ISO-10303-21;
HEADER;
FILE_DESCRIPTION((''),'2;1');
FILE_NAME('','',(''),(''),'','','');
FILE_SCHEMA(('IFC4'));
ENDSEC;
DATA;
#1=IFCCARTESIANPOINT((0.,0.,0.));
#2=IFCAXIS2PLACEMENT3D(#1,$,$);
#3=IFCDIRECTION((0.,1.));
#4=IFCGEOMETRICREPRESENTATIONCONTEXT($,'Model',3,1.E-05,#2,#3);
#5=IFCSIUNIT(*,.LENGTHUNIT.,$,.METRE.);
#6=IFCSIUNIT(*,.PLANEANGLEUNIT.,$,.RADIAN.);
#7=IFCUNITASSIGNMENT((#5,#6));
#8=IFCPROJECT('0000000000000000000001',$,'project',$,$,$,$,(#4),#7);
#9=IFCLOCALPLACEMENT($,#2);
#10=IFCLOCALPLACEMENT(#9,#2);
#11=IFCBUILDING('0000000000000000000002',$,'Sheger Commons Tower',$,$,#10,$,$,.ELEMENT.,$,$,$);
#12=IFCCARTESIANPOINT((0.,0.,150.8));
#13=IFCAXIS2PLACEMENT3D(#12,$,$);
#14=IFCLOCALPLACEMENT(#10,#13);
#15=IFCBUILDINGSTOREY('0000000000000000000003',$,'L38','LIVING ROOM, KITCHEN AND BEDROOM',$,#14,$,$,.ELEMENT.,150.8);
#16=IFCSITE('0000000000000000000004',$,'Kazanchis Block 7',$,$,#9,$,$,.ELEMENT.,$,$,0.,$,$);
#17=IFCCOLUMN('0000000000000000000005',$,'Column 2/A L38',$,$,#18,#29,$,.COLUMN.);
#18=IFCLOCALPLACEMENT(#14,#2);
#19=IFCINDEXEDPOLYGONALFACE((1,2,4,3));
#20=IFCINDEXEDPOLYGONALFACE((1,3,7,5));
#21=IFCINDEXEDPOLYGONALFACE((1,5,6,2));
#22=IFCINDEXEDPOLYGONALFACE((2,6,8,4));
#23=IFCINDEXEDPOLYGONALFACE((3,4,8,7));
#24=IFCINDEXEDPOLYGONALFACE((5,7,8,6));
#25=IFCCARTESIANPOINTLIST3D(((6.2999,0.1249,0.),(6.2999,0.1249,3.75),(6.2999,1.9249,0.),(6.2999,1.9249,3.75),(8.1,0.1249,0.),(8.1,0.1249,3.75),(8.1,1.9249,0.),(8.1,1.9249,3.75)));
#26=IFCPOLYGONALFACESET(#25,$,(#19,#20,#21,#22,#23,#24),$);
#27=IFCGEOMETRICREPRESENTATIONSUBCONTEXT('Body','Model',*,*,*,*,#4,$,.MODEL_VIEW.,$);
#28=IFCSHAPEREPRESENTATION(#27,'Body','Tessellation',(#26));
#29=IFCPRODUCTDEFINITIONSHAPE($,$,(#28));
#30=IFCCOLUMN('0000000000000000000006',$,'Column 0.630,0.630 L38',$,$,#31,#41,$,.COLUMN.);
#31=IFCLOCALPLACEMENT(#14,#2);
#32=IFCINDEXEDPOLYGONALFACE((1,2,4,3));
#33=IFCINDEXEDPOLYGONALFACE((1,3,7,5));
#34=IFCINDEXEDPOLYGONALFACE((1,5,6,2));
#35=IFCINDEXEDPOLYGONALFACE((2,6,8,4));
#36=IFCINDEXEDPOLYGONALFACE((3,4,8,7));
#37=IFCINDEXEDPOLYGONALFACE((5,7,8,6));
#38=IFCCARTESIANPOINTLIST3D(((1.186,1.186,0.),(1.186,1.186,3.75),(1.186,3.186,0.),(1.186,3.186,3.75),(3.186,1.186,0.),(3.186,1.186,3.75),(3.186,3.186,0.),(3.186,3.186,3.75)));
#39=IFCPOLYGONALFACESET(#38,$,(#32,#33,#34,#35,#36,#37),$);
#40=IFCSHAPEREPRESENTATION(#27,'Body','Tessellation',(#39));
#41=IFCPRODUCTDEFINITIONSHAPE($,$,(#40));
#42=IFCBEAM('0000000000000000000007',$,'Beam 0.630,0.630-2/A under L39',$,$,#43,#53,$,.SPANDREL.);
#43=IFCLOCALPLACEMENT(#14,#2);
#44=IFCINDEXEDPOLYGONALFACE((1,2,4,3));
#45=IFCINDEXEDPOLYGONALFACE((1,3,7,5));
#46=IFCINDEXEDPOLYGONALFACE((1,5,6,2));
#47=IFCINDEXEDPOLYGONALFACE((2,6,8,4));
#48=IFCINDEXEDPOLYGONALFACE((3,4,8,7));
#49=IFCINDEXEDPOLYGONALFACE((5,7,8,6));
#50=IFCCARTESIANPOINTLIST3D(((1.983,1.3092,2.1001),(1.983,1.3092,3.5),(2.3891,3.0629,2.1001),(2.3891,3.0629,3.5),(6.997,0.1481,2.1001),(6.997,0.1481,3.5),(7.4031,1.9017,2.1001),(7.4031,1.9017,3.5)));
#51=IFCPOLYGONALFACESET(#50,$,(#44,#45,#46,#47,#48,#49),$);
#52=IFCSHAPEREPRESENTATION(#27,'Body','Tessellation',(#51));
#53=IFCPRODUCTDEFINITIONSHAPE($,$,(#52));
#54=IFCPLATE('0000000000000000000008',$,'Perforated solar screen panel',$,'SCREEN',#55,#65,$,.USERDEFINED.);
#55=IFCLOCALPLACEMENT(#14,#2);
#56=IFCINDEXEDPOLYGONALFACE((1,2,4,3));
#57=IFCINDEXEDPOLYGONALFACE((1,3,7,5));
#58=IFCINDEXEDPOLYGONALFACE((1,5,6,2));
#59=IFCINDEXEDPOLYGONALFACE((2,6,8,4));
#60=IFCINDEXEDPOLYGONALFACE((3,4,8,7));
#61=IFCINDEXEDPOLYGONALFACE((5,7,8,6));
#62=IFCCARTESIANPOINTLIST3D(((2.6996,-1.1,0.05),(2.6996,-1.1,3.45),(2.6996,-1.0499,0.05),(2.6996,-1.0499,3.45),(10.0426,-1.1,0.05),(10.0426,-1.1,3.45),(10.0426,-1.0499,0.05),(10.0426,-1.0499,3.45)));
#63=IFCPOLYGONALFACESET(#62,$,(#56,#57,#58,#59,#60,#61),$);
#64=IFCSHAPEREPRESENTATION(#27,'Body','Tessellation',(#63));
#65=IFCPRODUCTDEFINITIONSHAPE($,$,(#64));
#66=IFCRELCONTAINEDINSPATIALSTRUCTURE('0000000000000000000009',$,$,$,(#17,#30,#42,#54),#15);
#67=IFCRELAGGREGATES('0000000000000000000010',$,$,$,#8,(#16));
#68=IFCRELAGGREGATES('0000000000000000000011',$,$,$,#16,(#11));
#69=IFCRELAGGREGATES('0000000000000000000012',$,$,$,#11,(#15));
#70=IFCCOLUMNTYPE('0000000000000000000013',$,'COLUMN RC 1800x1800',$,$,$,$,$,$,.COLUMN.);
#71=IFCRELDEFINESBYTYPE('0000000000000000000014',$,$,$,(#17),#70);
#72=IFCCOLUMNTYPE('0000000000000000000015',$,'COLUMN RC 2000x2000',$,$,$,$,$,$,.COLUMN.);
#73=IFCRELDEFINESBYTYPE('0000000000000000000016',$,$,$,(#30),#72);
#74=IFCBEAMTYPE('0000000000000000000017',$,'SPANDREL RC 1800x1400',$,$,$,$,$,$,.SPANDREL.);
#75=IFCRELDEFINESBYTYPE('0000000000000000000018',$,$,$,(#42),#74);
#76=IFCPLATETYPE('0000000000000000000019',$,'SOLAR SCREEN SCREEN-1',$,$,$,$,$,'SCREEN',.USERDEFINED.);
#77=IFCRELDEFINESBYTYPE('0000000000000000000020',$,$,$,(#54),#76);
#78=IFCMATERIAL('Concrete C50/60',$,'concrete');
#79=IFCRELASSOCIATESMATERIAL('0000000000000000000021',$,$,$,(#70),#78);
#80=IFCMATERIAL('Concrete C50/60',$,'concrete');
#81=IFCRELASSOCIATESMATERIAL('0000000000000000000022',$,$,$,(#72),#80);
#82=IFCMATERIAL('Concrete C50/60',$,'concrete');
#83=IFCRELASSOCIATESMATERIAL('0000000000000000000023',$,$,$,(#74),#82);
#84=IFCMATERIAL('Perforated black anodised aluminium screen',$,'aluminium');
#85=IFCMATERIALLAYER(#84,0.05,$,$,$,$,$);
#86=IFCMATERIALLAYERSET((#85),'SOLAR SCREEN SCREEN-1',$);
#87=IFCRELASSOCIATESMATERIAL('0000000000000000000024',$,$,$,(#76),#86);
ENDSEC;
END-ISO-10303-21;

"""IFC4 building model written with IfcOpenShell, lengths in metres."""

from ifc_helpers import new_model, si_unit, direction, frame, origin, origin_2d, place, context, subcontext, project, spatial, rectangle, extrude, material, layer, layer_set, material_profile, profile_set, type_object, element, save


model = new_model("IFC4")

# Units and contexts
model_context = context("Model", 3, precision=1e-05, world=origin(), true_north=direction((0.0, 1.0)))
body_context = subcontext(model_context, "Body", "Model", "MODEL_VIEW")
ifc_project = project(units=[si_unit("LENGTHUNIT", "METRE"), si_unit("PLANEANGLEUNIT", "RADIAN")], contexts=[model_context])

# Site, building, storey
site_placement = place(None, origin())
site = spatial("IfcSite", under=ifc_project, at=site_placement, Name="Kazanchis Block 7", CompositionType="ELEMENT", RefElevation=0.0)
building_placement = place(site_placement, origin())
building = spatial("IfcBuilding", under=site, at=building_placement, Name="Sheger Commons Tower", CompositionType="ELEMENT")
storey_placement = place(building_placement, frame((0.0, 0.0, 150.8)))
storey = spatial("IfcBuildingStorey", under=building, at=storey_placement, Name="L38", Description="LIVING ROOM, KITCHEN AND BEDROOM", CompositionType="ELEMENT", Elevation=150.8)

# Columns
ifc_material_1 = material(Name="Concrete C50/60", Category="concrete")
ifc_material_profile_1 = material_profile(ifc_material_1, rectangle(XDim=1.8, YDim=1.8, at=origin_2d()), Name="RC 1800x1800")
ifc_profile_set_1 = profile_set([ifc_material_profile_1], Name="Concrete C50/60")
column_type_1 = type_object("IfcColumnType", Name="COLUMN RC 1800x1800", PredefinedType="COLUMN", material=ifc_profile_set_1)
column_1_placement = place(storey_placement, frame((7.2, 1.0249, 0.0), z_axis=(0.0, 0.0, 1.0), x_axis=(1.0, 0.0, 0.0)))
element("IfcColumn", 1, at=column_1_placement, inside=storey, type_object=column_type_1, Name="Column 2/A L38", PredefinedType="COLUMN", context=body_context, shape_type="SweptSolid", body=[
    extrude(rectangle(XDim=1.8, YDim=1.8, at=origin_2d()), origin(), (0.0, 0.0, 1.0), 3.75),
])
ifc_material_2 = material(Name="Concrete C50/60", Category="concrete")
ifc_material_profile_2 = material_profile(ifc_material_2, rectangle(XDim=2.0, YDim=2.0, at=origin_2d()), Name="RC 2000x2000")
ifc_profile_set_2 = profile_set([ifc_material_profile_2], Name="Concrete C50/60")
column_type_2 = type_object("IfcColumnType", Name="COLUMN RC 2000x2000", PredefinedType="COLUMN", material=ifc_profile_set_2)
column_2_placement = place(storey_placement, frame((2.186, 2.186, 0.0), z_axis=(0.0, 0.0, 1.0), x_axis=(1.0, 0.0, 0.0)))
element("IfcColumn", 2, at=column_2_placement, inside=storey, type_object=column_type_2, Name="Column 0.630,0.630 L38", PredefinedType="COLUMN", context=body_context, shape_type="SweptSolid", body=[
    extrude(rectangle(XDim=2.0, YDim=2.0, at=origin_2d()), origin(), (0.0, 0.0, 1.0), 3.75),
])

# Beam
ifc_material_3 = material(Name="Concrete C50/60", Category="concrete")
ifc_material_profile_3 = material_profile(ifc_material_3, rectangle(XDim=1.8, YDim=1.3999, at=origin_2d()), Name="RC 1800x1400")
ifc_profile_set_3 = profile_set([ifc_material_profile_3], Name="Concrete C50/60")
beam_type = type_object("IfcBeamType", Name="SPANDREL RC 1800x1400", PredefinedType="SPANDREL", material=ifc_profile_set_3)
beam_placement = place(storey_placement, frame((2.186, 2.186, 2.8), z_axis=(0.974217, -0.225611, 0.0), x_axis=(0.225611, 0.974217, 0.0)))
element("IfcBeam", 3, at=beam_placement, inside=storey, type_object=beam_type, Name="Beam 0.630,0.630-2/A under L39", PredefinedType="SPANDREL", context=body_context, shape_type="SweptSolid", body=[
    extrude(rectangle(XDim=1.8, YDim=1.3999, at=origin_2d()), origin(), (0.0, 0.0, 1.0), 5.1467),
])

# Plate
ifc_material_4 = material(Name="Perforated black anodised aluminium screen", Category="aluminium")
ifc_layer_1 = layer(ifc_material_4, 0.05)
ifc_layer_set_1 = layer_set([ifc_layer_1], Name="SOLAR SCREEN SCREEN-1")
plate_type = type_object("IfcPlateType", Name="SOLAR SCREEN SCREEN-1", ElementType="SCREEN", PredefinedType="USERDEFINED", material=ifc_layer_set_1)
plate_placement = place(storey_placement, frame((6.3711, -1.075, 0.05), z_axis=(0.0, 0.0, 1.0), x_axis=(1.0, 0.0, 0.0)))
element("IfcPlate", 4, at=plate_placement, inside=storey, type_object=plate_type, Name="Perforated solar screen panel", ObjectType="SCREEN", PredefinedType="USERDEFINED", context=body_context, shape_type="SweptSolid", body=[
    extrude(rectangle(XDim=7.343, YDim=0.05, at=origin_2d()), origin(), (0.0, 0.0, 1.0), 3.3999),
])

save(model, "model.ifc")
